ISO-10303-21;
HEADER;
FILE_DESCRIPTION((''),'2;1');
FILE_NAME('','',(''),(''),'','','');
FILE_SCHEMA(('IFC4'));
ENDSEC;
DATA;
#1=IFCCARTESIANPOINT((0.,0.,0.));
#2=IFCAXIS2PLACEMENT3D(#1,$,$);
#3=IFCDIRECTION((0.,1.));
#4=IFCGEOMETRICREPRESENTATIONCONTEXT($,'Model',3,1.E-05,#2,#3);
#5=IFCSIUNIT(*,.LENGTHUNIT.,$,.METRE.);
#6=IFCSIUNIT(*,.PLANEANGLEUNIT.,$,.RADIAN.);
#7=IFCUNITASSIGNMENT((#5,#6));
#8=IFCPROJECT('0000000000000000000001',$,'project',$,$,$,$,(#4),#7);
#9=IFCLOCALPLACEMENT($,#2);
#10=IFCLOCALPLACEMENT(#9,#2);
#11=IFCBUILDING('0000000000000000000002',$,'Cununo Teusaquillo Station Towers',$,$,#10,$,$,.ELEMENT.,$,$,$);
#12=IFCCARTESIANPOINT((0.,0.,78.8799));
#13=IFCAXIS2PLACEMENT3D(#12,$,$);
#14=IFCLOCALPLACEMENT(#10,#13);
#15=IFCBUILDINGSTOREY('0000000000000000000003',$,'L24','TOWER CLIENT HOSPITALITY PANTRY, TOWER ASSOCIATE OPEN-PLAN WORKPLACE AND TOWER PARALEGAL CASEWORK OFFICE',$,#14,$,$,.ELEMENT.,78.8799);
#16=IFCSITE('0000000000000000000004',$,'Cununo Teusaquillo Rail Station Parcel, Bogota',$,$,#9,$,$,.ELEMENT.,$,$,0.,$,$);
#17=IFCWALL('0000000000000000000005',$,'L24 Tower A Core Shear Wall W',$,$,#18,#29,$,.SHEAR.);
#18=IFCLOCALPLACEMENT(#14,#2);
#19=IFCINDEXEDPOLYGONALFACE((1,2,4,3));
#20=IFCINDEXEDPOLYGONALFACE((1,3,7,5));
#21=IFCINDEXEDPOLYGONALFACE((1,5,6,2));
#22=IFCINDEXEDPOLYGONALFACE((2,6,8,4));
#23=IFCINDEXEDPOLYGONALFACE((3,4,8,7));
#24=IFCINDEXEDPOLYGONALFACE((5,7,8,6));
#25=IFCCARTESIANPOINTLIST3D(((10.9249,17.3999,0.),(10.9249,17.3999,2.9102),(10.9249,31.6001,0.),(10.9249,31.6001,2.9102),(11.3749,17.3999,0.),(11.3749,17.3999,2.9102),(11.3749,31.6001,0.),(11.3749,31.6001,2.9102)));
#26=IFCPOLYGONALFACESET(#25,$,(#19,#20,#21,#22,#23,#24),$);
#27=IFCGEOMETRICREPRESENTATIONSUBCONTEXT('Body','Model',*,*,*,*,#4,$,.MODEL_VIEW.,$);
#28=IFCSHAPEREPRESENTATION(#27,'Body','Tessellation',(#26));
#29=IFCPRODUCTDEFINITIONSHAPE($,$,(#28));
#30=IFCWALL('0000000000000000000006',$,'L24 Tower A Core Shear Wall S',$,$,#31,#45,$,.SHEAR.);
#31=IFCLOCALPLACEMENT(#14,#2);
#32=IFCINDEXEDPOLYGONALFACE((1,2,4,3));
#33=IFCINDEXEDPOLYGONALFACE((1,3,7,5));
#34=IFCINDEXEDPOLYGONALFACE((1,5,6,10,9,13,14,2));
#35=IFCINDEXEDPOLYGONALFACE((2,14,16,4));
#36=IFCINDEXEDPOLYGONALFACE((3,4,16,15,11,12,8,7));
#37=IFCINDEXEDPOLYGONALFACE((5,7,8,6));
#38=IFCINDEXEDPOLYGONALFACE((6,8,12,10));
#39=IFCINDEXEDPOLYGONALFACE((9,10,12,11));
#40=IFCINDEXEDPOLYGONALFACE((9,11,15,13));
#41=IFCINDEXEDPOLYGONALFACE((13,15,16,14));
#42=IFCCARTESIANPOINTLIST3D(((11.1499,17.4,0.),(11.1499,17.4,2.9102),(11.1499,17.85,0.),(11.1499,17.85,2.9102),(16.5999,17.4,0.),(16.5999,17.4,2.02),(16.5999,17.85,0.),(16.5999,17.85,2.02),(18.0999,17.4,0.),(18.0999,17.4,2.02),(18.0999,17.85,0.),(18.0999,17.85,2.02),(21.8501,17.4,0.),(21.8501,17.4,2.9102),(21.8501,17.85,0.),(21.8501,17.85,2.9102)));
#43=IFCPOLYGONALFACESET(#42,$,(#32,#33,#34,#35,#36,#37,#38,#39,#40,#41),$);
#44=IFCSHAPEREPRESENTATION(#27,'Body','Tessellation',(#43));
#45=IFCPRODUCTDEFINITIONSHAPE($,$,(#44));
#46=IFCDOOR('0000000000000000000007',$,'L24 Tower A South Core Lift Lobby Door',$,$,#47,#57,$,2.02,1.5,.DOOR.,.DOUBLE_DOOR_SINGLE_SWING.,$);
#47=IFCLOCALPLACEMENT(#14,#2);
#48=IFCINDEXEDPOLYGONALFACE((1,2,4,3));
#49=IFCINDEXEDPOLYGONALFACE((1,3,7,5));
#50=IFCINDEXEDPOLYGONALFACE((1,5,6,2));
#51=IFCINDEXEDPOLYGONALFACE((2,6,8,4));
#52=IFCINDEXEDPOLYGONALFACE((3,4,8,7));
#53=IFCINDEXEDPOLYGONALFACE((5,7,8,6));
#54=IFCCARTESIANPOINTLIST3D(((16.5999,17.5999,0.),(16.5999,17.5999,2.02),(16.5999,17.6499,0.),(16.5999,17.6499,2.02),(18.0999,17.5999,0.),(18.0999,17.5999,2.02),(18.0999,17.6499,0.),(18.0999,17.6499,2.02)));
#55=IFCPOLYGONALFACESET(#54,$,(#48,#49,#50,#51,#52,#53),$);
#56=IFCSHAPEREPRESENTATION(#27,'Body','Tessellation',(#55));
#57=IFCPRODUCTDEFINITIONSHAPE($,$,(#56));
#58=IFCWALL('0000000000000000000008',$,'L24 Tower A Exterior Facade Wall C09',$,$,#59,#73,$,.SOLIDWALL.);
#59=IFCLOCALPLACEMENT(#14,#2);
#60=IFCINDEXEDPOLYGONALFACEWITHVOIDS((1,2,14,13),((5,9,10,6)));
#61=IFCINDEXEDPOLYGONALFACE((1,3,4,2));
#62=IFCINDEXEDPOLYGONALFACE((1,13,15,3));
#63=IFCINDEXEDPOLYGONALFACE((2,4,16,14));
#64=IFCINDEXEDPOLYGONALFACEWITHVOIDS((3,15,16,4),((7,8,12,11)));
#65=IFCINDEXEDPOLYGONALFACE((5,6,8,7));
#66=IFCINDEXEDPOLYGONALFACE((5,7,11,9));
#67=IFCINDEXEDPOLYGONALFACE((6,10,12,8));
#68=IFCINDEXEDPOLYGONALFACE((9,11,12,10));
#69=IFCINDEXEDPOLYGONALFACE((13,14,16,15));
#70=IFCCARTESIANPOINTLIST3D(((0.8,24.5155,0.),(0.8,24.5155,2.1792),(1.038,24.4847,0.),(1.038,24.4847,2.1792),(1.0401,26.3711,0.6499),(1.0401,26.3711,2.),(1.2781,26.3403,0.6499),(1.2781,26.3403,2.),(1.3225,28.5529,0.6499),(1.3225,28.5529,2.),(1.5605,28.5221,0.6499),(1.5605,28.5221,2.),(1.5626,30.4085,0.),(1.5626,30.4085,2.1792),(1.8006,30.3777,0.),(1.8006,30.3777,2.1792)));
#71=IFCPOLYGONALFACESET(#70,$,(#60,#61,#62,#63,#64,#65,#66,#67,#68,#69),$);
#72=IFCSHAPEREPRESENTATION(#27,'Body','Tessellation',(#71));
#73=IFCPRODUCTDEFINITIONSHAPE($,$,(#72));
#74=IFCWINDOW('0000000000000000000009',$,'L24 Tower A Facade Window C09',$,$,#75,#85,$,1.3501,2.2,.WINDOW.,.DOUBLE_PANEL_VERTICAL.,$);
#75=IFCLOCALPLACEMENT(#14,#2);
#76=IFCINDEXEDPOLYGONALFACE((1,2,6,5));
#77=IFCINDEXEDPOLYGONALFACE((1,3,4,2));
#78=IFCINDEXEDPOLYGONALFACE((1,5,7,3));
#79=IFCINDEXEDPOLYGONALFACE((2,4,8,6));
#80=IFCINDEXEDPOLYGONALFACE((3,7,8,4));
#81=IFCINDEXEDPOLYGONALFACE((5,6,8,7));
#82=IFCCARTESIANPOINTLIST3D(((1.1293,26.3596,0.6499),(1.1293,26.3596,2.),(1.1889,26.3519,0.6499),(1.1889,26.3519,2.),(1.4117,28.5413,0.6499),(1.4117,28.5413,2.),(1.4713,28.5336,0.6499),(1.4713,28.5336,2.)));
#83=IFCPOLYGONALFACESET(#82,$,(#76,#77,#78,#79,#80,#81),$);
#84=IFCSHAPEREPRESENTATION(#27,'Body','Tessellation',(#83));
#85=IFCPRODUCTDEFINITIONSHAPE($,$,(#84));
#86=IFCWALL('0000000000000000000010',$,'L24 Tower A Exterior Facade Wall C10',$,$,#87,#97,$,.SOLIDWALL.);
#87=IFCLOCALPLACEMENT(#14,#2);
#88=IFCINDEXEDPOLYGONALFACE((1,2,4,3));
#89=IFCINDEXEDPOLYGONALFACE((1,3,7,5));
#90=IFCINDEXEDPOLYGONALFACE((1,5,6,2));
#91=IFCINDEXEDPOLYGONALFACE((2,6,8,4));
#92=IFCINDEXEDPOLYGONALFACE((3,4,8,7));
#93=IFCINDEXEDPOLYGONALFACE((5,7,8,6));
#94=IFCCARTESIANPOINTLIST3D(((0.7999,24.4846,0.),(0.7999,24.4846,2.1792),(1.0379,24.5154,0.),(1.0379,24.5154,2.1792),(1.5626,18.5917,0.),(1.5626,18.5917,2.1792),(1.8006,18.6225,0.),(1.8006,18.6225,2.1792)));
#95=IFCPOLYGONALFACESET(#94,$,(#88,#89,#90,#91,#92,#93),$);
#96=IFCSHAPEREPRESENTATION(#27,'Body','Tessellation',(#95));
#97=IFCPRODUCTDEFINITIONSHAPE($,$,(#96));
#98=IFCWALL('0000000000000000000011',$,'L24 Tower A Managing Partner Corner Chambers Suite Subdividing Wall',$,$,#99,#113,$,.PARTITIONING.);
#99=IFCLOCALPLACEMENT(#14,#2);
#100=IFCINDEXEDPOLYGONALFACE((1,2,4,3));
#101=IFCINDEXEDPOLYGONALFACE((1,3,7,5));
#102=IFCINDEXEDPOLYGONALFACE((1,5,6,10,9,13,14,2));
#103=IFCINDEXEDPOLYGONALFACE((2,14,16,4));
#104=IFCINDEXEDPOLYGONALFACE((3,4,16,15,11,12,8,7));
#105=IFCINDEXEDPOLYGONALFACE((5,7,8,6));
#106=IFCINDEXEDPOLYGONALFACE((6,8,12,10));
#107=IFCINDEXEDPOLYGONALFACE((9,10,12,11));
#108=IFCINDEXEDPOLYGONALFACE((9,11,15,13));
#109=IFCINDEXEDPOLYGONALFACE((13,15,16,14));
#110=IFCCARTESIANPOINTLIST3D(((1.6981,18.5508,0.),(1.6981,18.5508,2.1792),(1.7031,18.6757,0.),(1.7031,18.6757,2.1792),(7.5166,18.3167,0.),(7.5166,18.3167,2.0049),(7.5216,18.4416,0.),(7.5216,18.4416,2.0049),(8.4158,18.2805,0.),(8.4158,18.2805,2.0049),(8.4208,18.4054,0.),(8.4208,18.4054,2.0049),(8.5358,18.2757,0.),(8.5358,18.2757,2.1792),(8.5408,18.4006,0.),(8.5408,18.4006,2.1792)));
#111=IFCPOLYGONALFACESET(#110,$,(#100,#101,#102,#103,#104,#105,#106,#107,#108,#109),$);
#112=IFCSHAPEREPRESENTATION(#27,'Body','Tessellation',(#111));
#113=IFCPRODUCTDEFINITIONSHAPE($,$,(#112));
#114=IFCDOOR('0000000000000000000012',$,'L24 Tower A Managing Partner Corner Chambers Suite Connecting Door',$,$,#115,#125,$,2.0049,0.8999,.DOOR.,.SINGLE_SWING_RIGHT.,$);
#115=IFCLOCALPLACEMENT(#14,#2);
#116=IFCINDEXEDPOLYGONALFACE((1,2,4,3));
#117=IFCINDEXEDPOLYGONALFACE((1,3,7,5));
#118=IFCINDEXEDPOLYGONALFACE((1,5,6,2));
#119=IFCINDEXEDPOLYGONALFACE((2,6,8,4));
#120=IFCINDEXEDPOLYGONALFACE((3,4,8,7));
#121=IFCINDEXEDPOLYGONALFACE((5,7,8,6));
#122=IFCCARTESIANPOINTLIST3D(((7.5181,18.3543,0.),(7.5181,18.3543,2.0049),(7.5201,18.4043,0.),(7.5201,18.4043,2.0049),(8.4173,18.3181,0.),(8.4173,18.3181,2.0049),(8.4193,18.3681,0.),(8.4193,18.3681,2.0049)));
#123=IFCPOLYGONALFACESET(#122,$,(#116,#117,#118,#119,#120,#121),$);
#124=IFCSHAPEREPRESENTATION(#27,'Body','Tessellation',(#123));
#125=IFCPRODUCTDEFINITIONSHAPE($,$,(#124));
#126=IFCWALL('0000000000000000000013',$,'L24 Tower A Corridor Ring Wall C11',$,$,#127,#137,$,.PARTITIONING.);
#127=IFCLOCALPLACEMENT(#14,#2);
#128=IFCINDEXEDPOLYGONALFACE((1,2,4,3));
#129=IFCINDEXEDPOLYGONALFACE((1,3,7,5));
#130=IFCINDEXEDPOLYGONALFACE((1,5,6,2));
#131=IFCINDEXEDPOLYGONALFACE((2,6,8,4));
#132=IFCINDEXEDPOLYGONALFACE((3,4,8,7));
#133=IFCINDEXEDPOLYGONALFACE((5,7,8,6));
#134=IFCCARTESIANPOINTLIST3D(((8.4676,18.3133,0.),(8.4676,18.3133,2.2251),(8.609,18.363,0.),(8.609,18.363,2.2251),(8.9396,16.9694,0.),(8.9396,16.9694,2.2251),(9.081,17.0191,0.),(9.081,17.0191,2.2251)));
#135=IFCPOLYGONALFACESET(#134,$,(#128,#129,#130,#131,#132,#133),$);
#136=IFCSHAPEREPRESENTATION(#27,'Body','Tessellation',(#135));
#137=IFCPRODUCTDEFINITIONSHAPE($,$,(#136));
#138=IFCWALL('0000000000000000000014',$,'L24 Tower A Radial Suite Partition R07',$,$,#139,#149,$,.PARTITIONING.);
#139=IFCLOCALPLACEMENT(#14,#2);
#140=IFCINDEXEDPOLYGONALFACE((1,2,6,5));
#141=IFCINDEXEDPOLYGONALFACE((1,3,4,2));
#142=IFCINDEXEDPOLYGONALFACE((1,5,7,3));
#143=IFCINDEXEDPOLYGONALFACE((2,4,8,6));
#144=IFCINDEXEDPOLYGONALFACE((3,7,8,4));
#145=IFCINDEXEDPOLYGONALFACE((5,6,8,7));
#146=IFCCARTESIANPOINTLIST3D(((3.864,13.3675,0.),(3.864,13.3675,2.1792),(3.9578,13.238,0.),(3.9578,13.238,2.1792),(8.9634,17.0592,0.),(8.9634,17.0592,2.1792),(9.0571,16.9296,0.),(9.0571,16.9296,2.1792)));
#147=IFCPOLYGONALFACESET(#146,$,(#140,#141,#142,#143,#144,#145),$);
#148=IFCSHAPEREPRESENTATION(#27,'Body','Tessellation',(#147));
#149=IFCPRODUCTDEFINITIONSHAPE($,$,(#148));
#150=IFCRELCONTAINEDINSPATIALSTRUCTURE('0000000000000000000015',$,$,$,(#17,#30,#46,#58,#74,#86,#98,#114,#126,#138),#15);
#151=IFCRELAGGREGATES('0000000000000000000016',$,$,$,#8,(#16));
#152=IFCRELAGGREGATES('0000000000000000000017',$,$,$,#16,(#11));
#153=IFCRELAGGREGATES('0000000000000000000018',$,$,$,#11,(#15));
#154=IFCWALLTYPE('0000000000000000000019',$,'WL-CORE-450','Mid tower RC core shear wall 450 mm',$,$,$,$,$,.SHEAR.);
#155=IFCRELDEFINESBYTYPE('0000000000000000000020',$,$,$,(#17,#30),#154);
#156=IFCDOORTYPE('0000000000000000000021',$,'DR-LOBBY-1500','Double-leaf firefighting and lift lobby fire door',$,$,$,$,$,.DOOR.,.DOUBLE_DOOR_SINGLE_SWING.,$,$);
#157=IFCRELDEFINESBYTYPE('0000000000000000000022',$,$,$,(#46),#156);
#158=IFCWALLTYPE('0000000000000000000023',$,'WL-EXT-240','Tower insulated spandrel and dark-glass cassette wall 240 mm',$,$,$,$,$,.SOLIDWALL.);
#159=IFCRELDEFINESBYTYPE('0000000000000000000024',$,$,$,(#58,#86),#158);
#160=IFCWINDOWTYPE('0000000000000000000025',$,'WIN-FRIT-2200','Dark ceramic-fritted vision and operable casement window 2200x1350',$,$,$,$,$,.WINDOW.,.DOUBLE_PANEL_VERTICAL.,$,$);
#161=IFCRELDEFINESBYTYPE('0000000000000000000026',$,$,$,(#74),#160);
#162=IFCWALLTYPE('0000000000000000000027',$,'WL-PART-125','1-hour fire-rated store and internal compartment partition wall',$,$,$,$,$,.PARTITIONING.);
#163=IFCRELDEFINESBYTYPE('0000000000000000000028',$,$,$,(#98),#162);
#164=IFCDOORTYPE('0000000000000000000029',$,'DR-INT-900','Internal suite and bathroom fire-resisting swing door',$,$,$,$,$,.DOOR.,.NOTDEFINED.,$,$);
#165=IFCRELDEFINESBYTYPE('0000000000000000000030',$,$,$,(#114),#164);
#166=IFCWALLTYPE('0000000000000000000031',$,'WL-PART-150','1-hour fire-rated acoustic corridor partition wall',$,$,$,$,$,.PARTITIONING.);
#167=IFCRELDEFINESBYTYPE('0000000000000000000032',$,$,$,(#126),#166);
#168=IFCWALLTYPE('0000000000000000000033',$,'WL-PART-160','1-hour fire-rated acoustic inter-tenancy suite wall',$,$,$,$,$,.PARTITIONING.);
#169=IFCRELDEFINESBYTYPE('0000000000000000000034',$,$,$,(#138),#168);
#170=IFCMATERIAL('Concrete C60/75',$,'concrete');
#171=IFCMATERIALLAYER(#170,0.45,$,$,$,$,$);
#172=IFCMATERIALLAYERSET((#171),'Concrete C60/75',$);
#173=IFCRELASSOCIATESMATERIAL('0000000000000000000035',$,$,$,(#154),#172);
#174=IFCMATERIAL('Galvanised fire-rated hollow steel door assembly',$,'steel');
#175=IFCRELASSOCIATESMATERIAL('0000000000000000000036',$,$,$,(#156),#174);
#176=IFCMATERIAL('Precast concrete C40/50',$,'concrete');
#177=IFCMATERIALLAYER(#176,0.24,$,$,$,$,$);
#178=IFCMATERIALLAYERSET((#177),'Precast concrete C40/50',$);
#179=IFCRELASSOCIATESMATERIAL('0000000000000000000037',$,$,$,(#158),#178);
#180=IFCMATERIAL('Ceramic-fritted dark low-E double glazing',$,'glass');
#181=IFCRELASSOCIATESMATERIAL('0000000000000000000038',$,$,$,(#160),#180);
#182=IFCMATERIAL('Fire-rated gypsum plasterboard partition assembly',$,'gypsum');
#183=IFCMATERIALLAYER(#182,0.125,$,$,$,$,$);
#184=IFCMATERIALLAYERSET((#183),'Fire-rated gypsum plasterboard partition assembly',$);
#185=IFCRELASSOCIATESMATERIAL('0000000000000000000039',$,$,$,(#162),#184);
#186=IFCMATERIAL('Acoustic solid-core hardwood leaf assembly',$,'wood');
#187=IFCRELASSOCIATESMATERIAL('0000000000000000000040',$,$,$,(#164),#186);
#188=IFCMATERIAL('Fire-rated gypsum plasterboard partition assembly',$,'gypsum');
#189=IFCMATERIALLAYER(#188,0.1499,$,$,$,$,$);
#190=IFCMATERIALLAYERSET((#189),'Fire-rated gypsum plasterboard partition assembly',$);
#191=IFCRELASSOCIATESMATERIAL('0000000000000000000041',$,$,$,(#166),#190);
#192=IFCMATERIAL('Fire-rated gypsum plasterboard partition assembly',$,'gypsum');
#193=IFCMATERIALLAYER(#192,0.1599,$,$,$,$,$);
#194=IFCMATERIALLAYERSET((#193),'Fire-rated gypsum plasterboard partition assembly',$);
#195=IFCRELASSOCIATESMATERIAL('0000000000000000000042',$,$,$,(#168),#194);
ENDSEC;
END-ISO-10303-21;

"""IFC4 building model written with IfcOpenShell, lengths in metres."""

from ifc_helpers import new_model, si_unit, direction, frame, frame_2d, origin, place, context, subcontext, project, spatial, rectangle, extrude, source, transform, mapped, material, layer, layer_set, type_object, element, fill, save


model = new_model("IFC4")

# Units and contexts
model_context = context("Model", 3, precision=1e-05, world=origin(), true_north=direction((0.0, 1.0)))
body_context = subcontext(model_context, "Body", "Model", "MODEL_VIEW")
ifc_project = project(units=[si_unit("LENGTHUNIT", "METRE"), si_unit("PLANEANGLEUNIT", "RADIAN")], contexts=[model_context])

# Site, building, storey
site_placement = place(None, origin())
site = spatial("IfcSite", under=ifc_project, at=site_placement, Name="Cununo Teusaquillo Rail Station Parcel, Bogota", CompositionType="ELEMENT", RefElevation=0.0)
building_placement = place(site_placement, origin())
building = spatial("IfcBuilding", under=site, at=building_placement, Name="Cununo Teusaquillo Station Towers", CompositionType="ELEMENT")
storey_placement = place(building_placement, frame((0.0, 0.0, 78.8799)))
storey = spatial("IfcBuildingStorey", under=building, at=storey_placement, Name="L24", Description="TOWER CLIENT HOSPITALITY PANTRY, TOWER ASSOCIATE OPEN-PLAN WORKPLACE AND TOWER PARALEGAL CASEWORK OFFICE", CompositionType="ELEMENT", Elevation=78.8799)

# Wall
ifc_material_1 = material(Name="Concrete C60/75", Category="concrete")
ifc_layer_1 = layer(ifc_material_1, 0.45)
ifc_layer_set_1 = layer_set([ifc_layer_1], Name="Concrete C60/75")
wall_type_1 = type_object("IfcWallType", Name="WL-CORE-450", Description="Mid tower RC core shear wall 450 mm", PredefinedType="SHEAR", material=ifc_layer_set_1)
wall_1_placement = place(storey_placement, frame((11.1499, 17.3999, 0.0), z_axis=(0.0, 0.0, 1.0), x_axis=(0.0, 1.0, 0.0)))
element("IfcWall", 1, at=wall_1_placement, inside=storey, type_object=wall_type_1, Name="L24 Tower A Core Shear Wall W", PredefinedType="SHEAR", context=body_context, shape_type="SweptSolid", body=[
    extrude(rectangle(XDim=14.2002, YDim=0.45, at=frame_2d((7.1001, 0.0))), origin(), (0.0, 0.0, 1.0), 2.9102),
])

# Wall, opening, door
wall_2_placement = place(storey_placement, frame((11.1499, 17.625, 0.0), z_axis=(0.0, 0.0, 1.0), x_axis=(1.0, 0.0, 0.0)))
wall_2 = element("IfcWall", 2, at=wall_2_placement, inside=storey, type_object=wall_type_1, Name="L24 Tower A Core Shear Wall S", PredefinedType="SHEAR", context=body_context, shape_type="SweptSolid", body=[
    extrude(rectangle(XDim=10.7002, YDim=0.45, at=frame_2d((5.3501, 0.0))), origin(), (0.0, 0.0, 1.0), 2.9102),
])
shared_shape_1 = source(origin(), body_context, "Body", "SweptSolid", [
    extrude(rectangle(XDim=1.5, YDim=2.02, at=frame_2d((0.75, 1.01))), frame((0.0, 0.2349, 0.0), z_axis=(0.0, -1.0, 0.0), x_axis=(1.0, 0.0, 0.0)), (0.0, 0.0, 1.0), 0.47),
])
opening_1_placement = place(wall_2_placement, frame((5.45, 0.0, 0.0)))
opening_1 = element("IfcOpeningElement", 3, at=opening_1_placement, cuts=wall_2, PredefinedType="OPENING", context=body_context, shape_type="MappedRepresentation", body=[
    mapped(shared_shape_1, transform((0.0, 0.0, 0.0), x_axis=(1.0, 0.0, 0.0), y_axis=(0.0, 1.0, 0.0), z_axis=(0.0, 0.0, 1.0), scale=1.0)),
])
ifc_material_2 = material(Name="Galvanised fire-rated hollow steel door assembly", Category="steel")
door_type_1 = type_object("IfcDoorType", Name="DR-LOBBY-1500", Description="Double-leaf firefighting and lift lobby fire door", OperationType="DOUBLE_DOOR_SINGLE_SWING", PredefinedType="DOOR", material=ifc_material_2)
shared_shape_2 = source(origin(), body_context, "Body", "SweptSolid", [
    extrude(rectangle(XDim=1.5, YDim=2.02, at=frame_2d((0.75, 1.01))), frame((0.0, 0.0249, 0.0), z_axis=(0.0, -1.0, 0.0), x_axis=(1.0, 0.0, 0.0)), (0.0, 0.0, 1.0), 0.05),
])
door_1_placement = place(opening_1_placement, origin())
door_1 = element("IfcDoor", 4, at=door_1_placement, inside=storey, type_object=door_type_1, Name="L24 Tower A South Core Lift Lobby Door", OperationType="DOUBLE_DOOR_SINGLE_SWING", OverallHeight=2.02, OverallWidth=1.5, PredefinedType="DOOR", context=body_context, shape_type="MappedRepresentation", body=[
    mapped(shared_shape_2, transform((0.0, 0.0, 0.0), x_axis=(1.0, 0.0, 0.0), y_axis=(0.0, 1.0, 0.0), z_axis=(0.0, 0.0, 1.0), scale=1.0)),
])
fill(opening_1, door_1)

# Wall, opening, window
ifc_material_3 = material(Name="Precast concrete C40/50", Category="concrete")
ifc_layer_2 = layer(ifc_material_3, 0.24)
ifc_layer_set_2 = layer_set([ifc_layer_2], Name="Precast concrete C40/50")
wall_type_2 = type_object("IfcWallType", Name="WL-EXT-240", Description="Tower insulated spandrel and dark-glass cassette wall 240 mm", PredefinedType="SOLIDWALL", material=ifc_layer_set_2)
wall_3_placement = place(storey_placement, frame((0.9189, 24.5, 0.0), z_axis=(0.0, 0.0, 1.0), x_axis=(0.128352, 0.991729, 0.0)))
wall_3 = element("IfcWall", 5, at=wall_3_placement, inside=storey, type_object=wall_type_2, Name="L24 Tower A Exterior Facade Wall C09", PredefinedType="SOLIDWALL", context=body_context, shape_type="SweptSolid", body=[
    extrude(rectangle(XDim=5.9421, YDim=0.24, at=frame_2d((2.9712, 0.0))), origin(), (0.0, 0.0, 1.0), 2.1792),
])
shared_shape_3 = source(origin(), body_context, "Body", "SweptSolid", [
    extrude(rectangle(XDim=2.2, YDim=1.3501, at=frame_2d((1.1001, 0.675))), frame((0.0, 0.1299, 0.0), z_axis=(0.0, -1.0, 0.0), x_axis=(1.0, 0.0, 0.0)), (0.0, 0.0, 1.0), 0.26),
])
opening_2_placement = place(wall_3_placement, frame((1.8711, 0.0, 0.6499)))
opening_2 = element("IfcOpeningElement", 6, at=opening_2_placement, cuts=wall_3, PredefinedType="OPENING", context=body_context, shape_type="MappedRepresentation", body=[
    mapped(shared_shape_3, transform((0.0, 0.0, 0.0), x_axis=(1.0, 0.0, 0.0), y_axis=(0.0, 1.0, 0.0), z_axis=(0.0, 0.0, 1.0), scale=1.0)),
])
ifc_material_4 = material(Name="Ceramic-fritted dark low-E double glazing", Category="glass")
window_type = type_object("IfcWindowType", Name="WIN-FRIT-2200", Description="Dark ceramic-fritted vision and operable casement window 2200x1350", PartitioningType="DOUBLE_PANEL_VERTICAL", PredefinedType="WINDOW", material=ifc_material_4)
shared_shape_4 = source(origin(), body_context, "Body", "SweptSolid", [
    extrude(rectangle(XDim=2.2, YDim=1.3501, at=frame_2d((1.1001, 0.675))), frame((0.0, 0.03, 0.0), z_axis=(0.0, -1.0, 0.0), x_axis=(1.0, 0.0, 0.0)), (0.0, 0.0, 1.0), 0.0601),
])
window_placement = place(opening_2_placement, origin())
window = element("IfcWindow", 7, at=window_placement, inside=storey, type_object=window_type, Name="L24 Tower A Facade Window C09", OverallHeight=1.3501, OverallWidth=2.2, PartitioningType="DOUBLE_PANEL_VERTICAL", PredefinedType="WINDOW", context=body_context, shape_type="MappedRepresentation", body=[
    mapped(shared_shape_4, transform((0.0, 0.0, 0.0), x_axis=(1.0, 0.0, 0.0), y_axis=(0.0, 1.0, 0.0), z_axis=(0.0, 0.0, 1.0), scale=1.0)),
])
fill(opening_2, window)

# Wall
wall_4_placement = place(storey_placement, frame((1.6816, 18.6069, 0.0), z_axis=(0.0, 0.0, 1.0), x_axis=(-0.128352, 0.991729, 0.0)))
element("IfcWall", 8, at=wall_4_placement, inside=storey, type_object=wall_type_2, Name="L24 Tower A Exterior Facade Wall C10", PredefinedType="SOLIDWALL", context=body_context, shape_type="SweptSolid", body=[
    extrude(rectangle(XDim=5.9421, YDim=0.24, at=frame_2d((2.9712, 0.0))), origin(), (0.0, 0.0, 1.0), 2.1792),
])

# Wall, opening, door
ifc_material_5 = material(Name="Fire-rated gypsum plasterboard partition assembly", Category="gypsum")
ifc_layer_3 = layer(ifc_material_5, 0.125)
ifc_layer_set_3 = layer_set([ifc_layer_3], Name="Fire-rated gypsum plasterboard partition assembly")
wall_type_3 = type_object("IfcWallType", Name="WL-PART-125", Description="1-hour fire-rated store and internal compartment partition wall", PredefinedType="PARTITIONING", material=ifc_layer_set_3)
wall_5_placement = place(storey_placement, frame((8.5383, 18.3381, 0.0), z_axis=(0.0, 0.0, 1.0), x_axis=(-0.999191, 0.040207, 0.0)))
wall_5 = element("IfcWall", 9, at=wall_5_placement, inside=storey, type_object=wall_type_3, Name="L24 Tower A Managing Partner Corner Chambers Suite Subdividing Wall", PredefinedType="PARTITIONING", context=body_context, shape_type="SweptSolid", body=[
    extrude(rectangle(XDim=6.8433, YDim=0.125, at=frame_2d((3.4216, 0.0))), origin(), (0.0, 0.0, 1.0), 2.1792),
])
shared_shape_5 = source(origin(), body_context, "Body", "SweptSolid", [
    extrude(rectangle(XDim=0.8999, YDim=2.0049, at=frame_2d((0.45, 1.0024))), frame((0.0, 0.0725, 0.0), z_axis=(0.0, -1.0, 0.0), x_axis=(1.0, 0.0, 0.0)), (0.0, 0.0, 1.0), 0.145),
])
opening_3_placement = place(wall_5_placement, frame((0.1201, 0.0, 0.0)))
opening_3 = element("IfcOpeningElement", 10, at=opening_3_placement, cuts=wall_5, PredefinedType="OPENING", context=body_context, shape_type="MappedRepresentation", body=[
    mapped(shared_shape_5, transform((0.0, 0.0, 0.0), x_axis=(1.0, 0.0, 0.0), y_axis=(0.0, 1.0, 0.0), z_axis=(0.0, 0.0, 1.0), scale=1.0)),
])
ifc_material_6 = material(Name="Acoustic solid-core hardwood leaf assembly", Category="wood")
door_type_2 = type_object("IfcDoorType", Name="DR-INT-900", Description="Internal suite and bathroom fire-resisting swing door", OperationType="NOTDEFINED", PredefinedType="DOOR", material=ifc_material_6)
shared_shape_6 = source(origin(), body_context, "Body", "SweptSolid", [
    extrude(rectangle(XDim=0.8999, YDim=2.0049, at=frame_2d((0.45, 1.0024))), frame((0.0, 0.0249, 0.0), z_axis=(0.0, -1.0, 0.0), x_axis=(1.0, 0.0, 0.0)), (0.0, 0.0, 1.0), 0.05),
])
door_2_placement = place(opening_3_placement, origin())
door_2 = element("IfcDoor", 11, at=door_2_placement, inside=storey, type_object=door_type_2, Name="L24 Tower A Managing Partner Corner Chambers Suite Connecting Door", OperationType="SINGLE_SWING_RIGHT", OverallHeight=2.0049, OverallWidth=0.8999, PredefinedType="DOOR", context=body_context, shape_type="MappedRepresentation", body=[
    mapped(shared_shape_6, transform((0.0, 0.0, 0.0), x_axis=(1.0, 0.0, 0.0), y_axis=(0.0, 1.0, 0.0), z_axis=(0.0, 0.0, 1.0), scale=1.0)),
])
fill(opening_3, door_2)

# Walls
ifc_material_7 = material(Name="Fire-rated gypsum plasterboard partition assembly", Category="gypsum")
ifc_layer_4 = layer(ifc_material_7, 0.1499)
ifc_layer_set_4 = layer_set([ifc_layer_4], Name="Fire-rated gypsum plasterboard partition assembly")
wall_type_4 = type_object("IfcWallType", Name="WL-PART-150", Description="1-hour fire-rated acoustic corridor partition wall", PredefinedType="PARTITIONING", material=ifc_layer_set_4)
wall_6_placement = place(storey_placement, frame((8.5383, 18.3381, 0.0), z_axis=(0.0, 0.0, 1.0), x_axis=(0.331358, -0.943505, 0.0)))
element("IfcWall", 12, at=wall_6_placement, inside=storey, type_object=wall_type_4, Name="L24 Tower A Corridor Ring Wall C11", PredefinedType="PARTITIONING", context=body_context, shape_type="SweptSolid", body=[
    extrude(rectangle(XDim=1.4243, YDim=0.1499, at=frame_2d((0.7122, 0.0))), origin(), (0.0, 0.0, 1.0), 2.2251),
])
ifc_material_8 = material(Name="Fire-rated gypsum plasterboard partition assembly", Category="gypsum")
ifc_layer_5 = layer(ifc_material_8, 0.1599)
ifc_layer_set_5 = layer_set([ifc_layer_5], Name="Fire-rated gypsum plasterboard partition assembly")
wall_type_5 = type_object("IfcWallType", Name="WL-PART-160", Description="1-hour fire-rated acoustic inter-tenancy suite wall", PredefinedType="PARTITIONING", material=ifc_layer_set_5)
wall_7_placement = place(storey_placement, frame((9.0103, 16.9944, 0.0), z_axis=(0.0, 0.0, 1.0), x_axis=(-0.810017, -0.586406, 0.0)))
element("IfcWall", 13, at=wall_7_placement, inside=storey, type_object=wall_type_5, Name="L24 Tower A Radial Suite Partition R07", PredefinedType="PARTITIONING", context=body_context, shape_type="SweptSolid", body=[
    extrude(rectangle(XDim=6.2954, YDim=0.1599, at=frame_2d((3.1477, 0.0))), origin(), (0.0, 0.0, 1.0), 2.1792),
])

save(model, "model.ifc")
